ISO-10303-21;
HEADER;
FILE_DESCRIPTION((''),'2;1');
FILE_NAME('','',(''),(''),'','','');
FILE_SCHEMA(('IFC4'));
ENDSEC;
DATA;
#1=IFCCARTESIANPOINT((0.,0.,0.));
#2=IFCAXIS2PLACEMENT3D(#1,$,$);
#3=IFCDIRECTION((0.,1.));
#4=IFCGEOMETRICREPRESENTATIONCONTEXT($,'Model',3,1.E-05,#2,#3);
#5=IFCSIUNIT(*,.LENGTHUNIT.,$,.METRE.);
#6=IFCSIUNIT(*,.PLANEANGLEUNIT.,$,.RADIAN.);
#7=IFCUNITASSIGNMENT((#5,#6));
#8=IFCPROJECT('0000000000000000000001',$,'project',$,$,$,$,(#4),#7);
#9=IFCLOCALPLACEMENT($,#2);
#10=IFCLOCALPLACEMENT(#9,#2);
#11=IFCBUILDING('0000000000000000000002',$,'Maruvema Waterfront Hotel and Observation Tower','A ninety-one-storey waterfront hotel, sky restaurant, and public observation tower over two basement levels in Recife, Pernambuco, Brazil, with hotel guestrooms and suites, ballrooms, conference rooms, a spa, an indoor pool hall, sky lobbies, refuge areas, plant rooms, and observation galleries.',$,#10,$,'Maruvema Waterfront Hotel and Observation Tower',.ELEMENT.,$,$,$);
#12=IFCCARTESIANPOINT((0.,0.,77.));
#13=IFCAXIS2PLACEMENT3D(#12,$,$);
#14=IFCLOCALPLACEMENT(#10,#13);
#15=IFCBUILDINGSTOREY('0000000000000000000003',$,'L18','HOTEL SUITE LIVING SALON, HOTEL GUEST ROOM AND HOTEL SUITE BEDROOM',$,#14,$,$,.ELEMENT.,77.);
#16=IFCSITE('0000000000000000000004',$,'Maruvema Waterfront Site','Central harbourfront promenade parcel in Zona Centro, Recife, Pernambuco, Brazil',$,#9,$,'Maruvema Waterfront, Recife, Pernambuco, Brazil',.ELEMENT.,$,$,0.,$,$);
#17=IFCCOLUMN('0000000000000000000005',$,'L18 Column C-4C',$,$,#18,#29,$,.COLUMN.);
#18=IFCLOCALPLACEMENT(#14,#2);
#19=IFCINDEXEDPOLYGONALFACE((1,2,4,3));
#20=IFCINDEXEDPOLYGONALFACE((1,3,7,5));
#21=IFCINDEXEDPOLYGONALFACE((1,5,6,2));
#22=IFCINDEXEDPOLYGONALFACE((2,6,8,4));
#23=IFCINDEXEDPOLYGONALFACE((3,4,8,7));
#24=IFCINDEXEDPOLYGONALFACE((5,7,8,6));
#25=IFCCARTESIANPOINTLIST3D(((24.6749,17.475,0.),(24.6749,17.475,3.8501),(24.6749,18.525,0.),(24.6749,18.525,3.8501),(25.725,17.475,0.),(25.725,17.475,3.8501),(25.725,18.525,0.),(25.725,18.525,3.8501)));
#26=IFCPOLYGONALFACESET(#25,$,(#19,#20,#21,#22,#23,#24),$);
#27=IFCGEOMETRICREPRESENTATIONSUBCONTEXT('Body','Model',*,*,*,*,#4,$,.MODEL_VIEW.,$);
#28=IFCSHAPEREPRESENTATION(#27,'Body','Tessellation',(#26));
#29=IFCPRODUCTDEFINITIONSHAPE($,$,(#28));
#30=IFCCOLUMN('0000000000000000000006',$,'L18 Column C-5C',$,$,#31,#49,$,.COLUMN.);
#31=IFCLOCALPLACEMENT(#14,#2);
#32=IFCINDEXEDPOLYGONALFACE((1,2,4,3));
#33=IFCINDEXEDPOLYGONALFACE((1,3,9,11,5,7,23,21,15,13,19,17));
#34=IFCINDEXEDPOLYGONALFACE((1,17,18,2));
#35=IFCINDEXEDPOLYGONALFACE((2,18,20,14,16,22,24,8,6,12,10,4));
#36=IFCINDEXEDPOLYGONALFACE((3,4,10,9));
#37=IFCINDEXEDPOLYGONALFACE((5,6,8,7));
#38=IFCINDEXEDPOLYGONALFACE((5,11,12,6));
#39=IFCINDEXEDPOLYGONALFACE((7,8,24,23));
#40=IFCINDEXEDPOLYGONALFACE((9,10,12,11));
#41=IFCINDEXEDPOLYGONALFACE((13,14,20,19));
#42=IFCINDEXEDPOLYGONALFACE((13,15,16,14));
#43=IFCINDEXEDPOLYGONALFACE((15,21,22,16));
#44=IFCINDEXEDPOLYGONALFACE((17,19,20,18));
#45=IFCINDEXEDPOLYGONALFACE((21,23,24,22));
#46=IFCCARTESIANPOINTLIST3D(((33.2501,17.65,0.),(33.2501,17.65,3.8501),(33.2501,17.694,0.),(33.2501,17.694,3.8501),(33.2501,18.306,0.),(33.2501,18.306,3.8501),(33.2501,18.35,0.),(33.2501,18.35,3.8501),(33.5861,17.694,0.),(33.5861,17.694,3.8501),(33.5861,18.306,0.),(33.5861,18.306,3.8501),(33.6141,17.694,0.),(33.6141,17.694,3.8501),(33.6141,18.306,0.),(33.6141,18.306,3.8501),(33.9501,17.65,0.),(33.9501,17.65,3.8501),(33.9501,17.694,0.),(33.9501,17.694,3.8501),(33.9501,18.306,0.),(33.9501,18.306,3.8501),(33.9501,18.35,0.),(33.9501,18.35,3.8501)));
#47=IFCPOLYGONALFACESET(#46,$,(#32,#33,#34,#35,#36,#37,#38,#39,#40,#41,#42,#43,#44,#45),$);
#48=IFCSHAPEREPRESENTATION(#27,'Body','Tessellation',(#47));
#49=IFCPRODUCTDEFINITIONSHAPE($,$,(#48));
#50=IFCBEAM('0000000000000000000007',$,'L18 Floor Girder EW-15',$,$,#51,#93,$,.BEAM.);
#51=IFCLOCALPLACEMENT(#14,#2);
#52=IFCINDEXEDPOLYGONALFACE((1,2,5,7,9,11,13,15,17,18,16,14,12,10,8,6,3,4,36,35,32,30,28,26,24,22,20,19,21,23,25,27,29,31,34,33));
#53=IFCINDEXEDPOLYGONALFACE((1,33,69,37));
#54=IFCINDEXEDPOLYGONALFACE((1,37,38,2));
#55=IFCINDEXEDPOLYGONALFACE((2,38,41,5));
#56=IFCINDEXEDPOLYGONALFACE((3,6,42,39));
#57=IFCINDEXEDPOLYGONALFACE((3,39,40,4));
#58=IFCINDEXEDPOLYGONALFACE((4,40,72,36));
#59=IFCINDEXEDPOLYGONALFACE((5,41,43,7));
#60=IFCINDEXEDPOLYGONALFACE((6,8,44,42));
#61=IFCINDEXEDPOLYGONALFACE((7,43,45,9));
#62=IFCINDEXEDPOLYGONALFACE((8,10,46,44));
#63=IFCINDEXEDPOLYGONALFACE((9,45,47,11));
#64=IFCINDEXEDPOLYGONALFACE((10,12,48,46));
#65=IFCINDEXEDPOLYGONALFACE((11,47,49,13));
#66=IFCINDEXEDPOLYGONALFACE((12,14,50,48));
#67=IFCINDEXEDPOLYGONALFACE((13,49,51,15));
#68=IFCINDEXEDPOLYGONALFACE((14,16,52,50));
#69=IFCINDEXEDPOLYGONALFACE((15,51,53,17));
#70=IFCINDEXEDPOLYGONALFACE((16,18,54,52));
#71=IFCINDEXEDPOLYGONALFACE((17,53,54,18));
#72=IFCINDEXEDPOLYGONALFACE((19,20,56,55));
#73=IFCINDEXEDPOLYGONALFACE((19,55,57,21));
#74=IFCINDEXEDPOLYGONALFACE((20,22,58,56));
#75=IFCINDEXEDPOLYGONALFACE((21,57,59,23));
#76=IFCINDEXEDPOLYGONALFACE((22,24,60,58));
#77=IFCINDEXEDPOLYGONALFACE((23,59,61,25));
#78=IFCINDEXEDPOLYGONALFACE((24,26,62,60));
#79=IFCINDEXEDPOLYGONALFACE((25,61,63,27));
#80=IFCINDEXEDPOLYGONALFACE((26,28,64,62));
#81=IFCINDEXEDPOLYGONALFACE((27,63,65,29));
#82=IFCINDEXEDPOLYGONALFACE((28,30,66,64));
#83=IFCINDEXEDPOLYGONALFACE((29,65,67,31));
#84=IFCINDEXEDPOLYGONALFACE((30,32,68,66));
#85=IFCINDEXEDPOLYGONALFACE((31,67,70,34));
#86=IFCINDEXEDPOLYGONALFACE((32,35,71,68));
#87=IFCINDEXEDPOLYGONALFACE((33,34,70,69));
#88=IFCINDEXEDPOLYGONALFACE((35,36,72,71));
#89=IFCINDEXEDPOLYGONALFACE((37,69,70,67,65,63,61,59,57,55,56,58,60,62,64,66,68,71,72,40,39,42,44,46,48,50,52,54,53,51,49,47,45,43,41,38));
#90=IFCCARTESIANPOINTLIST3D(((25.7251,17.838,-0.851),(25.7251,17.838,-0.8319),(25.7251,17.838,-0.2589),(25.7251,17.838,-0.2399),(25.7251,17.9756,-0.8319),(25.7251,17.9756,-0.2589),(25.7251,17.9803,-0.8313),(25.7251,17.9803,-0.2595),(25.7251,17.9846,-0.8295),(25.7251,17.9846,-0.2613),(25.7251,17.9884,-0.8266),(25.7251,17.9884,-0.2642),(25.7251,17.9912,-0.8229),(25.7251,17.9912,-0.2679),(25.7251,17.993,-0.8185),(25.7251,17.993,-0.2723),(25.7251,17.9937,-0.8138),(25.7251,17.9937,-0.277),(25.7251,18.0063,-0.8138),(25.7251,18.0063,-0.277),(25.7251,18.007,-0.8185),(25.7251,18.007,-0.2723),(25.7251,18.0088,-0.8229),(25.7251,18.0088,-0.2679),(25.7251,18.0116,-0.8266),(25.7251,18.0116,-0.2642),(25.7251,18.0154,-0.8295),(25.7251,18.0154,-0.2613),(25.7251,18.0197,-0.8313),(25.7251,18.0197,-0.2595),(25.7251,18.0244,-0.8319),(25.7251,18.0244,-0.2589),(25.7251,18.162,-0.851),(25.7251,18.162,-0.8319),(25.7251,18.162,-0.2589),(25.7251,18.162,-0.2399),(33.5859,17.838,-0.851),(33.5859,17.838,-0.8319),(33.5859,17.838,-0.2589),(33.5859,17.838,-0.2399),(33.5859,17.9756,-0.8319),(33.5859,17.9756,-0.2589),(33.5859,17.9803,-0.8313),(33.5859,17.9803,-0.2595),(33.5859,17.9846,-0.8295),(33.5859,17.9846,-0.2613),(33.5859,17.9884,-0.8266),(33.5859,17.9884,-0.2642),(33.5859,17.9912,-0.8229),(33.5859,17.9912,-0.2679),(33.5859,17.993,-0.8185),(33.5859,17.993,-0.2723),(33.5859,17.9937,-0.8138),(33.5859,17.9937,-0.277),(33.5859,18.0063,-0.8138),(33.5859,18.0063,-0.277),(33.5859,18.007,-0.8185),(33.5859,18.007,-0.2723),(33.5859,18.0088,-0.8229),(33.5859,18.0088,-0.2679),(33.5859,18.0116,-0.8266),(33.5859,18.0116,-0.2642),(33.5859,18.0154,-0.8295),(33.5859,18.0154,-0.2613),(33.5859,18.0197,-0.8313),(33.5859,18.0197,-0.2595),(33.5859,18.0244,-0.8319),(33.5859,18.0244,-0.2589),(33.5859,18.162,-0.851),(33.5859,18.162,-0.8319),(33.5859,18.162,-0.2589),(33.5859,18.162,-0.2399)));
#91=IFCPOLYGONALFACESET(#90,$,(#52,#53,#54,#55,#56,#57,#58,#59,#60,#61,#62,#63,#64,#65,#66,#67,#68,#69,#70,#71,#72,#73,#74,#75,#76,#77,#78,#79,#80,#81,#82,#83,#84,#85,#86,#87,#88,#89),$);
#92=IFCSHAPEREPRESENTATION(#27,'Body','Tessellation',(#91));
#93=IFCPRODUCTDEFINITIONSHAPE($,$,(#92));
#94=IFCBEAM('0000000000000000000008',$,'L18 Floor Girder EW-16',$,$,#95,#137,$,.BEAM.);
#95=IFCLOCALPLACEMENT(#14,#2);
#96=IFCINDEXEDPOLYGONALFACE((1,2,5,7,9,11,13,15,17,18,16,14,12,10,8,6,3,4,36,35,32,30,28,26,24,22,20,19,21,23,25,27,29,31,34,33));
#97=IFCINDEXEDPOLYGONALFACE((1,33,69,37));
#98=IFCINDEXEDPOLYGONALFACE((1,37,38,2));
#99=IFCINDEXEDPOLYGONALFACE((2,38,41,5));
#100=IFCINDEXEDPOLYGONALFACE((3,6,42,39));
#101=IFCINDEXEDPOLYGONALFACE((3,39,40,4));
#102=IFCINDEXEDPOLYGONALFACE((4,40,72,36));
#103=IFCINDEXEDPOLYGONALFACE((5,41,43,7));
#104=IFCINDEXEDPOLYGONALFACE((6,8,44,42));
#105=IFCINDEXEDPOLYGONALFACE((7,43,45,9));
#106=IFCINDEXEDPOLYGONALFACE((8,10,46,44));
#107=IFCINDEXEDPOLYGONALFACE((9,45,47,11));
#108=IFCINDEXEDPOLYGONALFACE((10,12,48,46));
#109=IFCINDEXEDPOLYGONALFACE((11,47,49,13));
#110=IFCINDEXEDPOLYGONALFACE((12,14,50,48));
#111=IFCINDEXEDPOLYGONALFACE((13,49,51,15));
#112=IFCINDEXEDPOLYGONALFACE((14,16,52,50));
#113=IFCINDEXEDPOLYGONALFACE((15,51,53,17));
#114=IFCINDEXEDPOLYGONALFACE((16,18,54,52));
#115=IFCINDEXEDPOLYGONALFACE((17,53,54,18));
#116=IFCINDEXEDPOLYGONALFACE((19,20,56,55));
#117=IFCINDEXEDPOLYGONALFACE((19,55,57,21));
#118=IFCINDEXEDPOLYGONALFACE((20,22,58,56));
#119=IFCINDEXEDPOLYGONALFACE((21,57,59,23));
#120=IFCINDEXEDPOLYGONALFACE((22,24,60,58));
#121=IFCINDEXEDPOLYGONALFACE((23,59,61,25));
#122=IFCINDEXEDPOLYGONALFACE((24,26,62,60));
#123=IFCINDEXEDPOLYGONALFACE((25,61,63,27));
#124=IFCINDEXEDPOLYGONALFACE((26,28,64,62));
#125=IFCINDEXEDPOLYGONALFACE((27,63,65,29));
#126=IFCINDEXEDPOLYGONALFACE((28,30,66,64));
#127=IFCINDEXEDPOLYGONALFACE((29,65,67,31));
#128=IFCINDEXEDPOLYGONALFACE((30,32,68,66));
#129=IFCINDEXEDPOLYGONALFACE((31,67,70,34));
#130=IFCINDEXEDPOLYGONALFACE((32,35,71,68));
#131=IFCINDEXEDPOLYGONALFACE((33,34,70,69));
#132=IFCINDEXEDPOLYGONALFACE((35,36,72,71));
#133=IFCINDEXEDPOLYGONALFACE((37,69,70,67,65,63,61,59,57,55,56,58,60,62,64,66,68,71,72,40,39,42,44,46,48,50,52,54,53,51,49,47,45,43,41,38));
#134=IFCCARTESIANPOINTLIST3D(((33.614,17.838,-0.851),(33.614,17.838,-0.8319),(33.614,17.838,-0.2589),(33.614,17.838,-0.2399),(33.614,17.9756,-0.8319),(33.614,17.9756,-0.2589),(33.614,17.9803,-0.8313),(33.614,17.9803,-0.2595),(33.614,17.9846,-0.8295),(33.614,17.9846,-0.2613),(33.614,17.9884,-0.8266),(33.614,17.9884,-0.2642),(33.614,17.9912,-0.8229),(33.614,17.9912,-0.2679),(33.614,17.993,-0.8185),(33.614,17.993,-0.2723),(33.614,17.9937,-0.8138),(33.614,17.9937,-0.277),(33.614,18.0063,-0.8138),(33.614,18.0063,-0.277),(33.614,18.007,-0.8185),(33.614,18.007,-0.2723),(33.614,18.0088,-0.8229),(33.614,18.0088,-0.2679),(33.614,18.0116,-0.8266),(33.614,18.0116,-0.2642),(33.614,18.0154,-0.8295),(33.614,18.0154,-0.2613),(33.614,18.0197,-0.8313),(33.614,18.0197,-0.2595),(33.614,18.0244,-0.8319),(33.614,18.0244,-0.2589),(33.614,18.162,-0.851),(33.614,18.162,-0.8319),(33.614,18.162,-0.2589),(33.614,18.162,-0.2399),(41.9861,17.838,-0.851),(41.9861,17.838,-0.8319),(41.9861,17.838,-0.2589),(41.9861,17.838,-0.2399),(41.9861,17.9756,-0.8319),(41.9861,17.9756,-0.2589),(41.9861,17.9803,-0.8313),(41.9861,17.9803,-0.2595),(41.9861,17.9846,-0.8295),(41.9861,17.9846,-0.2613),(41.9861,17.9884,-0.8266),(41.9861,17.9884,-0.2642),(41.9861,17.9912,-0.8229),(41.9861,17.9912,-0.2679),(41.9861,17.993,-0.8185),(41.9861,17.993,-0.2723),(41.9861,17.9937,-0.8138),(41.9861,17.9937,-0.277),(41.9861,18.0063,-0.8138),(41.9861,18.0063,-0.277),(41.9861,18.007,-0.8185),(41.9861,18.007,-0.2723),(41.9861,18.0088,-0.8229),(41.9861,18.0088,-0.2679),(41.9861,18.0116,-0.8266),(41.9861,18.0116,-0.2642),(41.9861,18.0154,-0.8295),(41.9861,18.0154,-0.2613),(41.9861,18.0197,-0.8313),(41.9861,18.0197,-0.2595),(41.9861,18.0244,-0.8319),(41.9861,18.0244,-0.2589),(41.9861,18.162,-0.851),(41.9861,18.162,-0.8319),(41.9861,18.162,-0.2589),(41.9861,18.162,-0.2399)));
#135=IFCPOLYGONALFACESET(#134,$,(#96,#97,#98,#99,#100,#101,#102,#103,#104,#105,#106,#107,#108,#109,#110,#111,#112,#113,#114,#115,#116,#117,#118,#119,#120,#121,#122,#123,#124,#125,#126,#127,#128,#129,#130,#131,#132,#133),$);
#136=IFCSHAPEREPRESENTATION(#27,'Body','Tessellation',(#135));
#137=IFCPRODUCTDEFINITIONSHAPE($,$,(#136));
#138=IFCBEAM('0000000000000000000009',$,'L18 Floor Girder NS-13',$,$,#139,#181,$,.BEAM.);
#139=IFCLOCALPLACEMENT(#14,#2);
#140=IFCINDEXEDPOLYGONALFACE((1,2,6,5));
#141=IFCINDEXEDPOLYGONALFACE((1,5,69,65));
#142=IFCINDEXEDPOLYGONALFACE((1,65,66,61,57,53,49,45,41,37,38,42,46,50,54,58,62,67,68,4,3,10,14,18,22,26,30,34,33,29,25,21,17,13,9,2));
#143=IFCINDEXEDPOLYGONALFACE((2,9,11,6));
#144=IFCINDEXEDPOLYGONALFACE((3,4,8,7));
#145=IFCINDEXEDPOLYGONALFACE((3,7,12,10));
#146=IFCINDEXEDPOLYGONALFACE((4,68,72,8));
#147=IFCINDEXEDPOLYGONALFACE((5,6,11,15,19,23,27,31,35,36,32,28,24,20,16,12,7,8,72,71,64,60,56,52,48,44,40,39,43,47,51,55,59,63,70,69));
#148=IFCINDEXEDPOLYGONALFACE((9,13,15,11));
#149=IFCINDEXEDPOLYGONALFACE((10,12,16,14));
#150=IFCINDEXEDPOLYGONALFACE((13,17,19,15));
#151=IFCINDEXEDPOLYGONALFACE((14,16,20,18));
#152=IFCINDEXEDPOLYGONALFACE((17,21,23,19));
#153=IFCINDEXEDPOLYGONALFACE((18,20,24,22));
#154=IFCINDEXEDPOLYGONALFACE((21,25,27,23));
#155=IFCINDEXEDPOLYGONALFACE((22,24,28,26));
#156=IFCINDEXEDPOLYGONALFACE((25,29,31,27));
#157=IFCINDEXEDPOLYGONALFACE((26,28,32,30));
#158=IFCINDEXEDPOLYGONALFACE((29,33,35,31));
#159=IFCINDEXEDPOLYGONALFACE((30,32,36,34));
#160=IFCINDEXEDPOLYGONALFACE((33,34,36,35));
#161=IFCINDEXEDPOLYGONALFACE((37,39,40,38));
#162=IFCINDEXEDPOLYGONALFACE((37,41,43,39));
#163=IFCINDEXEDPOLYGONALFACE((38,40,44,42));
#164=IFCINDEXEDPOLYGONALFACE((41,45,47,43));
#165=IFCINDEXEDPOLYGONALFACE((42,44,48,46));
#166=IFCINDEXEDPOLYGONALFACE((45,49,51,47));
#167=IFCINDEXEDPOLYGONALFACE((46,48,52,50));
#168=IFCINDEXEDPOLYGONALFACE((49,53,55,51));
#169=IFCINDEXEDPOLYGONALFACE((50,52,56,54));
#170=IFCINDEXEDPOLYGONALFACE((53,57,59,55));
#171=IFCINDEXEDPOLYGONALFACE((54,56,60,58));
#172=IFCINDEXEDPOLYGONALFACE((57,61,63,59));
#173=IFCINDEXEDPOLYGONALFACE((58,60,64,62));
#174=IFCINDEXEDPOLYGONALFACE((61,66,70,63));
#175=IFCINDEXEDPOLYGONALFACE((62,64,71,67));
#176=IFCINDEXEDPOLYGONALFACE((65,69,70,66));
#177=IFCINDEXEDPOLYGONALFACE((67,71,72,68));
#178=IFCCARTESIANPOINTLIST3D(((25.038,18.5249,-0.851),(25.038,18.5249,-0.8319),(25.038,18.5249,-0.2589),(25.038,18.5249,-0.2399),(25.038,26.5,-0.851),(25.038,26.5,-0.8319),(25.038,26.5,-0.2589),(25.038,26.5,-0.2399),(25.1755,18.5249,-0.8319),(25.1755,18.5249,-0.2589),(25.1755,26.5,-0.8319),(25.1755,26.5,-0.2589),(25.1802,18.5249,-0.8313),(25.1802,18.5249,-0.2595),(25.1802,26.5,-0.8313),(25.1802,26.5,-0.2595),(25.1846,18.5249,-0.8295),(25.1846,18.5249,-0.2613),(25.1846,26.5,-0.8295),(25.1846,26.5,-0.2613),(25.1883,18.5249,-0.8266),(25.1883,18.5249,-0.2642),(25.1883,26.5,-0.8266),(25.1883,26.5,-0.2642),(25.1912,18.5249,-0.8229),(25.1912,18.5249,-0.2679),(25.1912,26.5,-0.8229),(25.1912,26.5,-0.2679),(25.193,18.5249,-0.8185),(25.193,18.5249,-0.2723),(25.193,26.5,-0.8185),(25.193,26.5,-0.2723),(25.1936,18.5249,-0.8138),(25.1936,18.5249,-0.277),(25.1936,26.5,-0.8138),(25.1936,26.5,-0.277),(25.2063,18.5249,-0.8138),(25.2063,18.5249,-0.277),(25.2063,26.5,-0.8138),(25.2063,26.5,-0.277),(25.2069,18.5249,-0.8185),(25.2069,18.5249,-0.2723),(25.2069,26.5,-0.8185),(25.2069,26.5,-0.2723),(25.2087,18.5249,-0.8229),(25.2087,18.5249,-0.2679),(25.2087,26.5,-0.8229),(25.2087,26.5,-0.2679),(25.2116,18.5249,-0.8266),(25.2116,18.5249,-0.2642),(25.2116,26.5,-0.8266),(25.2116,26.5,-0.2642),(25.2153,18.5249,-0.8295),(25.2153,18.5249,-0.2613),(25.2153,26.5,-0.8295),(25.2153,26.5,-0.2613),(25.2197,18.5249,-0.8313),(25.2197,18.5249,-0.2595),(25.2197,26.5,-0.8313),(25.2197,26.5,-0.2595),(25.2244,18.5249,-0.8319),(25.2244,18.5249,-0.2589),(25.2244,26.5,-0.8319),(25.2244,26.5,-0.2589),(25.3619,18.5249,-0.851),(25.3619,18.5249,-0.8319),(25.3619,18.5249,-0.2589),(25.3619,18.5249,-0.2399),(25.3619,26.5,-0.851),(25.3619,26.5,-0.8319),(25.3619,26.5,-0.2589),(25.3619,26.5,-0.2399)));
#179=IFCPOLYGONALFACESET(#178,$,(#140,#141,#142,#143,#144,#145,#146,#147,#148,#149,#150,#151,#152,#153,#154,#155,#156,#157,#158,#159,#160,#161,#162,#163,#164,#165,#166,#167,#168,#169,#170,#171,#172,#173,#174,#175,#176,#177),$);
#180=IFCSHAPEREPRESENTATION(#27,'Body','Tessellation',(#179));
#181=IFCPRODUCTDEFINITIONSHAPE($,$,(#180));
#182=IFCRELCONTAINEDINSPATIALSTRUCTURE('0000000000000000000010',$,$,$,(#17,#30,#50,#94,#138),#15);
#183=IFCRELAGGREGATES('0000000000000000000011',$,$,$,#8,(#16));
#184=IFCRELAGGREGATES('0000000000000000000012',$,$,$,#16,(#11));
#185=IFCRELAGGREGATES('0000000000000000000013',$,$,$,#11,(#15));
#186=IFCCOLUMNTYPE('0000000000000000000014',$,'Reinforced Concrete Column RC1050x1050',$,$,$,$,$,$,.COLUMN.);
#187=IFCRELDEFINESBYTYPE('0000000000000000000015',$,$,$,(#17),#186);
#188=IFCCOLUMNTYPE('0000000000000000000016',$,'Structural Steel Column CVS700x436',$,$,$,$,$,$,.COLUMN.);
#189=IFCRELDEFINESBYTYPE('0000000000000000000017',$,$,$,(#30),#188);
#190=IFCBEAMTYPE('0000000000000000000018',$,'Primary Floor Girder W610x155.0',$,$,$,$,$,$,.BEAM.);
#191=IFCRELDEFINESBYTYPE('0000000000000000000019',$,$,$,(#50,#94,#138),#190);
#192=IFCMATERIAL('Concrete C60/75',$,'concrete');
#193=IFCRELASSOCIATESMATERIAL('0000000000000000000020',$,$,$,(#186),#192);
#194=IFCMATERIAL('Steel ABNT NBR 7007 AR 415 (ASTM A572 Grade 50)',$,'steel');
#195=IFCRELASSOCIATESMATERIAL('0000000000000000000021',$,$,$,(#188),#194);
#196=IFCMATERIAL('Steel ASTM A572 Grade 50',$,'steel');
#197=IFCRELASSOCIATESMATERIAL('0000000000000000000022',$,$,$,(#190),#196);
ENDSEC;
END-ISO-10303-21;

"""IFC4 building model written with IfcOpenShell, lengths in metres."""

from ifc_helpers import new_model, si_unit, direction, frame, origin, origin_2d, place, context, subcontext, project, spatial, rectangle, i_section, extrude, material, material_profile, profile_set, type_object, element, save


model = new_model("IFC4")

# Units and contexts
model_context = context("Model", 3, precision=1e-05, world=origin(), true_north=direction((0.0, 1.0)))
body_context = subcontext(model_context, "Body", "Model", "MODEL_VIEW")
ifc_project = project(units=[si_unit("LENGTHUNIT", "METRE"), si_unit("PLANEANGLEUNIT", "RADIAN")], contexts=[model_context])

# Site, building, storey
site_placement = place(None, origin())
site = spatial("IfcSite", under=ifc_project, at=site_placement, Name="Maruvema Waterfront Site", Description="Central harbourfront promenade parcel in Zona Centro, Recife, Pernambuco, Brazil", LongName="Maruvema Waterfront, Recife, Pernambuco, Brazil", CompositionType="ELEMENT", RefElevation=0.0)
building_placement = place(site_placement, origin())
building = spatial("IfcBuilding", under=site, at=building_placement, Name="Maruvema Waterfront Hotel and Observation Tower", Description="A ninety-one-storey waterfront hotel, sky restaurant, and public observation tower over two basement levels in Recife, Pernambuco, Brazil, with hotel guestrooms and suites, ballrooms, conference rooms, a spa, an indoor pool hall, sky lobbies, refuge areas, plant rooms, and observation galleries.", LongName="Maruvema Waterfront Hotel and Observation Tower", CompositionType="ELEMENT")
storey_placement = place(building_placement, frame((0.0, 0.0, 77.0)))
storey = spatial("IfcBuildingStorey", under=building, at=storey_placement, Name="L18", Description="HOTEL SUITE LIVING SALON, HOTEL GUEST ROOM AND HOTEL SUITE BEDROOM", CompositionType="ELEMENT", Elevation=77.0)

# Columns
ifc_material_1 = material(Name="Concrete C60/75", Category="concrete")
ifc_material_profile_1 = material_profile(ifc_material_1, rectangle(XDim=1.05, YDim=1.05, at=origin_2d()), Name="RC1050x1050")
ifc_profile_set_1 = profile_set([ifc_material_profile_1], Name="Concrete C60/75")
column_type_1 = type_object("IfcColumnType", Name="Reinforced Concrete Column RC1050x1050", PredefinedType="COLUMN", material=ifc_profile_set_1)
column_1_placement = place(storey_placement, frame((25.2, 18.0, 0.0), z_axis=(0.0, 0.0, 1.0), x_axis=(1.0, 0.0, 0.0)))
element("IfcColumn", 1, at=column_1_placement, inside=storey, type_object=column_type_1, Name="L18 Column C-4C", PredefinedType="COLUMN", context=body_context, shape_type="SweptSolid", body=[
    extrude(rectangle(XDim=1.05, YDim=1.05, at=origin_2d()), origin(), (0.0, 0.0, 1.0), 3.8501),
])
ifc_material_2 = material(Name="Steel ABNT NBR 7007 AR 415 (ASTM A572 Grade 50)", Category="steel")
ifc_material_profile_2 = material_profile(ifc_material_2, i_section(OverallWidth=0.7, OverallDepth=0.7, WebThickness=0.0281, FlangeThickness=0.0439, at=origin_2d()), Name="CVS700x436")
ifc_profile_set_2 = profile_set([ifc_material_profile_2], Name="Steel ABNT NBR 7007 AR 415 (ASTM A572 Grade 50)")
column_type_2 = type_object("IfcColumnType", Name="Structural Steel Column CVS700x436", PredefinedType="COLUMN", material=ifc_profile_set_2)
column_2_placement = place(storey_placement, frame((33.6001, 18.0, 0.0), z_axis=(0.0, 0.0, 1.0), x_axis=(1.0, 0.0, 0.0)))
element("IfcColumn", 2, at=column_2_placement, inside=storey, type_object=column_type_2, Name="L18 Column C-5C", PredefinedType="COLUMN", context=body_context, shape_type="SweptSolid", body=[
    extrude(i_section(OverallWidth=0.7, OverallDepth=0.7, WebThickness=0.0281, FlangeThickness=0.0439, at=origin_2d()), origin(), (0.0, 0.0, 1.0), 3.8501),
])

# Beams
ifc_material_3 = material(Name="Steel ASTM A572 Grade 50", Category="steel")
ifc_material_profile_3 = material_profile(ifc_material_3, i_section(OverallWidth=0.324, OverallDepth=0.6111, WebThickness=0.0127, FlangeThickness=0.019, FilletRadius=0.0181, at=origin_2d()), Name="W610x155.0")
ifc_profile_set_3 = profile_set([ifc_material_profile_3], Name="Steel ASTM A572 Grade 50")
beam_type_1 = type_object("IfcBeamType", Name="Primary Floor Girder W610x155.0", PredefinedType="BEAM", material=ifc_profile_set_3)
beam_1_placement = place(storey_placement, frame((25.7251, 18.0, -0.5454), z_axis=(1.0, 0.0, 0.0), x_axis=(0.0, 1.0, 0.0)))
element("IfcBeam", 3, at=beam_1_placement, inside=storey, type_object=beam_type_1, Name="L18 Floor Girder EW-15", PredefinedType="BEAM", context=body_context, shape_type="SweptSolid", body=[
    extrude(i_section(OverallWidth=0.324, OverallDepth=0.6111, WebThickness=0.0127, FlangeThickness=0.019, FilletRadius=0.0181, at=origin_2d()), origin(), (0.0, 0.0, 1.0), 7.8608),
])
beam_2_placement = place(storey_placement, frame((33.614, 18.0, -0.5454), z_axis=(1.0, 0.0, 0.0), x_axis=(0.0, 1.0, 0.0)))
element("IfcBeam", 4, at=beam_2_placement, inside=storey, type_object=beam_type_1, Name="L18 Floor Girder EW-16", PredefinedType="BEAM", context=body_context, shape_type="SweptSolid", body=[
    extrude(i_section(OverallWidth=0.324, OverallDepth=0.6111, WebThickness=0.0127, FlangeThickness=0.019, FilletRadius=0.0181, at=origin_2d()), origin(), (0.0, 0.0, 1.0), 8.3721),
])
beam_3_placement = place(storey_placement, frame((25.2, 18.5249, -0.5454), z_axis=(0.0, 1.0, 0.0), x_axis=(-1.0, 0.0, 0.0)))
element("IfcBeam", 5, at=beam_3_placement, inside=storey, type_object=beam_type_1, Name="L18 Floor Girder NS-13", PredefinedType="BEAM", context=body_context, shape_type="SweptSolid", body=[
    extrude(i_section(OverallWidth=0.324, OverallDepth=0.6111, WebThickness=0.0127, FlangeThickness=0.019, FilletRadius=0.0181, at=origin_2d()), origin(), (0.0, 0.0, 1.0), 7.9751),
])

save(model, "model.ifc")
